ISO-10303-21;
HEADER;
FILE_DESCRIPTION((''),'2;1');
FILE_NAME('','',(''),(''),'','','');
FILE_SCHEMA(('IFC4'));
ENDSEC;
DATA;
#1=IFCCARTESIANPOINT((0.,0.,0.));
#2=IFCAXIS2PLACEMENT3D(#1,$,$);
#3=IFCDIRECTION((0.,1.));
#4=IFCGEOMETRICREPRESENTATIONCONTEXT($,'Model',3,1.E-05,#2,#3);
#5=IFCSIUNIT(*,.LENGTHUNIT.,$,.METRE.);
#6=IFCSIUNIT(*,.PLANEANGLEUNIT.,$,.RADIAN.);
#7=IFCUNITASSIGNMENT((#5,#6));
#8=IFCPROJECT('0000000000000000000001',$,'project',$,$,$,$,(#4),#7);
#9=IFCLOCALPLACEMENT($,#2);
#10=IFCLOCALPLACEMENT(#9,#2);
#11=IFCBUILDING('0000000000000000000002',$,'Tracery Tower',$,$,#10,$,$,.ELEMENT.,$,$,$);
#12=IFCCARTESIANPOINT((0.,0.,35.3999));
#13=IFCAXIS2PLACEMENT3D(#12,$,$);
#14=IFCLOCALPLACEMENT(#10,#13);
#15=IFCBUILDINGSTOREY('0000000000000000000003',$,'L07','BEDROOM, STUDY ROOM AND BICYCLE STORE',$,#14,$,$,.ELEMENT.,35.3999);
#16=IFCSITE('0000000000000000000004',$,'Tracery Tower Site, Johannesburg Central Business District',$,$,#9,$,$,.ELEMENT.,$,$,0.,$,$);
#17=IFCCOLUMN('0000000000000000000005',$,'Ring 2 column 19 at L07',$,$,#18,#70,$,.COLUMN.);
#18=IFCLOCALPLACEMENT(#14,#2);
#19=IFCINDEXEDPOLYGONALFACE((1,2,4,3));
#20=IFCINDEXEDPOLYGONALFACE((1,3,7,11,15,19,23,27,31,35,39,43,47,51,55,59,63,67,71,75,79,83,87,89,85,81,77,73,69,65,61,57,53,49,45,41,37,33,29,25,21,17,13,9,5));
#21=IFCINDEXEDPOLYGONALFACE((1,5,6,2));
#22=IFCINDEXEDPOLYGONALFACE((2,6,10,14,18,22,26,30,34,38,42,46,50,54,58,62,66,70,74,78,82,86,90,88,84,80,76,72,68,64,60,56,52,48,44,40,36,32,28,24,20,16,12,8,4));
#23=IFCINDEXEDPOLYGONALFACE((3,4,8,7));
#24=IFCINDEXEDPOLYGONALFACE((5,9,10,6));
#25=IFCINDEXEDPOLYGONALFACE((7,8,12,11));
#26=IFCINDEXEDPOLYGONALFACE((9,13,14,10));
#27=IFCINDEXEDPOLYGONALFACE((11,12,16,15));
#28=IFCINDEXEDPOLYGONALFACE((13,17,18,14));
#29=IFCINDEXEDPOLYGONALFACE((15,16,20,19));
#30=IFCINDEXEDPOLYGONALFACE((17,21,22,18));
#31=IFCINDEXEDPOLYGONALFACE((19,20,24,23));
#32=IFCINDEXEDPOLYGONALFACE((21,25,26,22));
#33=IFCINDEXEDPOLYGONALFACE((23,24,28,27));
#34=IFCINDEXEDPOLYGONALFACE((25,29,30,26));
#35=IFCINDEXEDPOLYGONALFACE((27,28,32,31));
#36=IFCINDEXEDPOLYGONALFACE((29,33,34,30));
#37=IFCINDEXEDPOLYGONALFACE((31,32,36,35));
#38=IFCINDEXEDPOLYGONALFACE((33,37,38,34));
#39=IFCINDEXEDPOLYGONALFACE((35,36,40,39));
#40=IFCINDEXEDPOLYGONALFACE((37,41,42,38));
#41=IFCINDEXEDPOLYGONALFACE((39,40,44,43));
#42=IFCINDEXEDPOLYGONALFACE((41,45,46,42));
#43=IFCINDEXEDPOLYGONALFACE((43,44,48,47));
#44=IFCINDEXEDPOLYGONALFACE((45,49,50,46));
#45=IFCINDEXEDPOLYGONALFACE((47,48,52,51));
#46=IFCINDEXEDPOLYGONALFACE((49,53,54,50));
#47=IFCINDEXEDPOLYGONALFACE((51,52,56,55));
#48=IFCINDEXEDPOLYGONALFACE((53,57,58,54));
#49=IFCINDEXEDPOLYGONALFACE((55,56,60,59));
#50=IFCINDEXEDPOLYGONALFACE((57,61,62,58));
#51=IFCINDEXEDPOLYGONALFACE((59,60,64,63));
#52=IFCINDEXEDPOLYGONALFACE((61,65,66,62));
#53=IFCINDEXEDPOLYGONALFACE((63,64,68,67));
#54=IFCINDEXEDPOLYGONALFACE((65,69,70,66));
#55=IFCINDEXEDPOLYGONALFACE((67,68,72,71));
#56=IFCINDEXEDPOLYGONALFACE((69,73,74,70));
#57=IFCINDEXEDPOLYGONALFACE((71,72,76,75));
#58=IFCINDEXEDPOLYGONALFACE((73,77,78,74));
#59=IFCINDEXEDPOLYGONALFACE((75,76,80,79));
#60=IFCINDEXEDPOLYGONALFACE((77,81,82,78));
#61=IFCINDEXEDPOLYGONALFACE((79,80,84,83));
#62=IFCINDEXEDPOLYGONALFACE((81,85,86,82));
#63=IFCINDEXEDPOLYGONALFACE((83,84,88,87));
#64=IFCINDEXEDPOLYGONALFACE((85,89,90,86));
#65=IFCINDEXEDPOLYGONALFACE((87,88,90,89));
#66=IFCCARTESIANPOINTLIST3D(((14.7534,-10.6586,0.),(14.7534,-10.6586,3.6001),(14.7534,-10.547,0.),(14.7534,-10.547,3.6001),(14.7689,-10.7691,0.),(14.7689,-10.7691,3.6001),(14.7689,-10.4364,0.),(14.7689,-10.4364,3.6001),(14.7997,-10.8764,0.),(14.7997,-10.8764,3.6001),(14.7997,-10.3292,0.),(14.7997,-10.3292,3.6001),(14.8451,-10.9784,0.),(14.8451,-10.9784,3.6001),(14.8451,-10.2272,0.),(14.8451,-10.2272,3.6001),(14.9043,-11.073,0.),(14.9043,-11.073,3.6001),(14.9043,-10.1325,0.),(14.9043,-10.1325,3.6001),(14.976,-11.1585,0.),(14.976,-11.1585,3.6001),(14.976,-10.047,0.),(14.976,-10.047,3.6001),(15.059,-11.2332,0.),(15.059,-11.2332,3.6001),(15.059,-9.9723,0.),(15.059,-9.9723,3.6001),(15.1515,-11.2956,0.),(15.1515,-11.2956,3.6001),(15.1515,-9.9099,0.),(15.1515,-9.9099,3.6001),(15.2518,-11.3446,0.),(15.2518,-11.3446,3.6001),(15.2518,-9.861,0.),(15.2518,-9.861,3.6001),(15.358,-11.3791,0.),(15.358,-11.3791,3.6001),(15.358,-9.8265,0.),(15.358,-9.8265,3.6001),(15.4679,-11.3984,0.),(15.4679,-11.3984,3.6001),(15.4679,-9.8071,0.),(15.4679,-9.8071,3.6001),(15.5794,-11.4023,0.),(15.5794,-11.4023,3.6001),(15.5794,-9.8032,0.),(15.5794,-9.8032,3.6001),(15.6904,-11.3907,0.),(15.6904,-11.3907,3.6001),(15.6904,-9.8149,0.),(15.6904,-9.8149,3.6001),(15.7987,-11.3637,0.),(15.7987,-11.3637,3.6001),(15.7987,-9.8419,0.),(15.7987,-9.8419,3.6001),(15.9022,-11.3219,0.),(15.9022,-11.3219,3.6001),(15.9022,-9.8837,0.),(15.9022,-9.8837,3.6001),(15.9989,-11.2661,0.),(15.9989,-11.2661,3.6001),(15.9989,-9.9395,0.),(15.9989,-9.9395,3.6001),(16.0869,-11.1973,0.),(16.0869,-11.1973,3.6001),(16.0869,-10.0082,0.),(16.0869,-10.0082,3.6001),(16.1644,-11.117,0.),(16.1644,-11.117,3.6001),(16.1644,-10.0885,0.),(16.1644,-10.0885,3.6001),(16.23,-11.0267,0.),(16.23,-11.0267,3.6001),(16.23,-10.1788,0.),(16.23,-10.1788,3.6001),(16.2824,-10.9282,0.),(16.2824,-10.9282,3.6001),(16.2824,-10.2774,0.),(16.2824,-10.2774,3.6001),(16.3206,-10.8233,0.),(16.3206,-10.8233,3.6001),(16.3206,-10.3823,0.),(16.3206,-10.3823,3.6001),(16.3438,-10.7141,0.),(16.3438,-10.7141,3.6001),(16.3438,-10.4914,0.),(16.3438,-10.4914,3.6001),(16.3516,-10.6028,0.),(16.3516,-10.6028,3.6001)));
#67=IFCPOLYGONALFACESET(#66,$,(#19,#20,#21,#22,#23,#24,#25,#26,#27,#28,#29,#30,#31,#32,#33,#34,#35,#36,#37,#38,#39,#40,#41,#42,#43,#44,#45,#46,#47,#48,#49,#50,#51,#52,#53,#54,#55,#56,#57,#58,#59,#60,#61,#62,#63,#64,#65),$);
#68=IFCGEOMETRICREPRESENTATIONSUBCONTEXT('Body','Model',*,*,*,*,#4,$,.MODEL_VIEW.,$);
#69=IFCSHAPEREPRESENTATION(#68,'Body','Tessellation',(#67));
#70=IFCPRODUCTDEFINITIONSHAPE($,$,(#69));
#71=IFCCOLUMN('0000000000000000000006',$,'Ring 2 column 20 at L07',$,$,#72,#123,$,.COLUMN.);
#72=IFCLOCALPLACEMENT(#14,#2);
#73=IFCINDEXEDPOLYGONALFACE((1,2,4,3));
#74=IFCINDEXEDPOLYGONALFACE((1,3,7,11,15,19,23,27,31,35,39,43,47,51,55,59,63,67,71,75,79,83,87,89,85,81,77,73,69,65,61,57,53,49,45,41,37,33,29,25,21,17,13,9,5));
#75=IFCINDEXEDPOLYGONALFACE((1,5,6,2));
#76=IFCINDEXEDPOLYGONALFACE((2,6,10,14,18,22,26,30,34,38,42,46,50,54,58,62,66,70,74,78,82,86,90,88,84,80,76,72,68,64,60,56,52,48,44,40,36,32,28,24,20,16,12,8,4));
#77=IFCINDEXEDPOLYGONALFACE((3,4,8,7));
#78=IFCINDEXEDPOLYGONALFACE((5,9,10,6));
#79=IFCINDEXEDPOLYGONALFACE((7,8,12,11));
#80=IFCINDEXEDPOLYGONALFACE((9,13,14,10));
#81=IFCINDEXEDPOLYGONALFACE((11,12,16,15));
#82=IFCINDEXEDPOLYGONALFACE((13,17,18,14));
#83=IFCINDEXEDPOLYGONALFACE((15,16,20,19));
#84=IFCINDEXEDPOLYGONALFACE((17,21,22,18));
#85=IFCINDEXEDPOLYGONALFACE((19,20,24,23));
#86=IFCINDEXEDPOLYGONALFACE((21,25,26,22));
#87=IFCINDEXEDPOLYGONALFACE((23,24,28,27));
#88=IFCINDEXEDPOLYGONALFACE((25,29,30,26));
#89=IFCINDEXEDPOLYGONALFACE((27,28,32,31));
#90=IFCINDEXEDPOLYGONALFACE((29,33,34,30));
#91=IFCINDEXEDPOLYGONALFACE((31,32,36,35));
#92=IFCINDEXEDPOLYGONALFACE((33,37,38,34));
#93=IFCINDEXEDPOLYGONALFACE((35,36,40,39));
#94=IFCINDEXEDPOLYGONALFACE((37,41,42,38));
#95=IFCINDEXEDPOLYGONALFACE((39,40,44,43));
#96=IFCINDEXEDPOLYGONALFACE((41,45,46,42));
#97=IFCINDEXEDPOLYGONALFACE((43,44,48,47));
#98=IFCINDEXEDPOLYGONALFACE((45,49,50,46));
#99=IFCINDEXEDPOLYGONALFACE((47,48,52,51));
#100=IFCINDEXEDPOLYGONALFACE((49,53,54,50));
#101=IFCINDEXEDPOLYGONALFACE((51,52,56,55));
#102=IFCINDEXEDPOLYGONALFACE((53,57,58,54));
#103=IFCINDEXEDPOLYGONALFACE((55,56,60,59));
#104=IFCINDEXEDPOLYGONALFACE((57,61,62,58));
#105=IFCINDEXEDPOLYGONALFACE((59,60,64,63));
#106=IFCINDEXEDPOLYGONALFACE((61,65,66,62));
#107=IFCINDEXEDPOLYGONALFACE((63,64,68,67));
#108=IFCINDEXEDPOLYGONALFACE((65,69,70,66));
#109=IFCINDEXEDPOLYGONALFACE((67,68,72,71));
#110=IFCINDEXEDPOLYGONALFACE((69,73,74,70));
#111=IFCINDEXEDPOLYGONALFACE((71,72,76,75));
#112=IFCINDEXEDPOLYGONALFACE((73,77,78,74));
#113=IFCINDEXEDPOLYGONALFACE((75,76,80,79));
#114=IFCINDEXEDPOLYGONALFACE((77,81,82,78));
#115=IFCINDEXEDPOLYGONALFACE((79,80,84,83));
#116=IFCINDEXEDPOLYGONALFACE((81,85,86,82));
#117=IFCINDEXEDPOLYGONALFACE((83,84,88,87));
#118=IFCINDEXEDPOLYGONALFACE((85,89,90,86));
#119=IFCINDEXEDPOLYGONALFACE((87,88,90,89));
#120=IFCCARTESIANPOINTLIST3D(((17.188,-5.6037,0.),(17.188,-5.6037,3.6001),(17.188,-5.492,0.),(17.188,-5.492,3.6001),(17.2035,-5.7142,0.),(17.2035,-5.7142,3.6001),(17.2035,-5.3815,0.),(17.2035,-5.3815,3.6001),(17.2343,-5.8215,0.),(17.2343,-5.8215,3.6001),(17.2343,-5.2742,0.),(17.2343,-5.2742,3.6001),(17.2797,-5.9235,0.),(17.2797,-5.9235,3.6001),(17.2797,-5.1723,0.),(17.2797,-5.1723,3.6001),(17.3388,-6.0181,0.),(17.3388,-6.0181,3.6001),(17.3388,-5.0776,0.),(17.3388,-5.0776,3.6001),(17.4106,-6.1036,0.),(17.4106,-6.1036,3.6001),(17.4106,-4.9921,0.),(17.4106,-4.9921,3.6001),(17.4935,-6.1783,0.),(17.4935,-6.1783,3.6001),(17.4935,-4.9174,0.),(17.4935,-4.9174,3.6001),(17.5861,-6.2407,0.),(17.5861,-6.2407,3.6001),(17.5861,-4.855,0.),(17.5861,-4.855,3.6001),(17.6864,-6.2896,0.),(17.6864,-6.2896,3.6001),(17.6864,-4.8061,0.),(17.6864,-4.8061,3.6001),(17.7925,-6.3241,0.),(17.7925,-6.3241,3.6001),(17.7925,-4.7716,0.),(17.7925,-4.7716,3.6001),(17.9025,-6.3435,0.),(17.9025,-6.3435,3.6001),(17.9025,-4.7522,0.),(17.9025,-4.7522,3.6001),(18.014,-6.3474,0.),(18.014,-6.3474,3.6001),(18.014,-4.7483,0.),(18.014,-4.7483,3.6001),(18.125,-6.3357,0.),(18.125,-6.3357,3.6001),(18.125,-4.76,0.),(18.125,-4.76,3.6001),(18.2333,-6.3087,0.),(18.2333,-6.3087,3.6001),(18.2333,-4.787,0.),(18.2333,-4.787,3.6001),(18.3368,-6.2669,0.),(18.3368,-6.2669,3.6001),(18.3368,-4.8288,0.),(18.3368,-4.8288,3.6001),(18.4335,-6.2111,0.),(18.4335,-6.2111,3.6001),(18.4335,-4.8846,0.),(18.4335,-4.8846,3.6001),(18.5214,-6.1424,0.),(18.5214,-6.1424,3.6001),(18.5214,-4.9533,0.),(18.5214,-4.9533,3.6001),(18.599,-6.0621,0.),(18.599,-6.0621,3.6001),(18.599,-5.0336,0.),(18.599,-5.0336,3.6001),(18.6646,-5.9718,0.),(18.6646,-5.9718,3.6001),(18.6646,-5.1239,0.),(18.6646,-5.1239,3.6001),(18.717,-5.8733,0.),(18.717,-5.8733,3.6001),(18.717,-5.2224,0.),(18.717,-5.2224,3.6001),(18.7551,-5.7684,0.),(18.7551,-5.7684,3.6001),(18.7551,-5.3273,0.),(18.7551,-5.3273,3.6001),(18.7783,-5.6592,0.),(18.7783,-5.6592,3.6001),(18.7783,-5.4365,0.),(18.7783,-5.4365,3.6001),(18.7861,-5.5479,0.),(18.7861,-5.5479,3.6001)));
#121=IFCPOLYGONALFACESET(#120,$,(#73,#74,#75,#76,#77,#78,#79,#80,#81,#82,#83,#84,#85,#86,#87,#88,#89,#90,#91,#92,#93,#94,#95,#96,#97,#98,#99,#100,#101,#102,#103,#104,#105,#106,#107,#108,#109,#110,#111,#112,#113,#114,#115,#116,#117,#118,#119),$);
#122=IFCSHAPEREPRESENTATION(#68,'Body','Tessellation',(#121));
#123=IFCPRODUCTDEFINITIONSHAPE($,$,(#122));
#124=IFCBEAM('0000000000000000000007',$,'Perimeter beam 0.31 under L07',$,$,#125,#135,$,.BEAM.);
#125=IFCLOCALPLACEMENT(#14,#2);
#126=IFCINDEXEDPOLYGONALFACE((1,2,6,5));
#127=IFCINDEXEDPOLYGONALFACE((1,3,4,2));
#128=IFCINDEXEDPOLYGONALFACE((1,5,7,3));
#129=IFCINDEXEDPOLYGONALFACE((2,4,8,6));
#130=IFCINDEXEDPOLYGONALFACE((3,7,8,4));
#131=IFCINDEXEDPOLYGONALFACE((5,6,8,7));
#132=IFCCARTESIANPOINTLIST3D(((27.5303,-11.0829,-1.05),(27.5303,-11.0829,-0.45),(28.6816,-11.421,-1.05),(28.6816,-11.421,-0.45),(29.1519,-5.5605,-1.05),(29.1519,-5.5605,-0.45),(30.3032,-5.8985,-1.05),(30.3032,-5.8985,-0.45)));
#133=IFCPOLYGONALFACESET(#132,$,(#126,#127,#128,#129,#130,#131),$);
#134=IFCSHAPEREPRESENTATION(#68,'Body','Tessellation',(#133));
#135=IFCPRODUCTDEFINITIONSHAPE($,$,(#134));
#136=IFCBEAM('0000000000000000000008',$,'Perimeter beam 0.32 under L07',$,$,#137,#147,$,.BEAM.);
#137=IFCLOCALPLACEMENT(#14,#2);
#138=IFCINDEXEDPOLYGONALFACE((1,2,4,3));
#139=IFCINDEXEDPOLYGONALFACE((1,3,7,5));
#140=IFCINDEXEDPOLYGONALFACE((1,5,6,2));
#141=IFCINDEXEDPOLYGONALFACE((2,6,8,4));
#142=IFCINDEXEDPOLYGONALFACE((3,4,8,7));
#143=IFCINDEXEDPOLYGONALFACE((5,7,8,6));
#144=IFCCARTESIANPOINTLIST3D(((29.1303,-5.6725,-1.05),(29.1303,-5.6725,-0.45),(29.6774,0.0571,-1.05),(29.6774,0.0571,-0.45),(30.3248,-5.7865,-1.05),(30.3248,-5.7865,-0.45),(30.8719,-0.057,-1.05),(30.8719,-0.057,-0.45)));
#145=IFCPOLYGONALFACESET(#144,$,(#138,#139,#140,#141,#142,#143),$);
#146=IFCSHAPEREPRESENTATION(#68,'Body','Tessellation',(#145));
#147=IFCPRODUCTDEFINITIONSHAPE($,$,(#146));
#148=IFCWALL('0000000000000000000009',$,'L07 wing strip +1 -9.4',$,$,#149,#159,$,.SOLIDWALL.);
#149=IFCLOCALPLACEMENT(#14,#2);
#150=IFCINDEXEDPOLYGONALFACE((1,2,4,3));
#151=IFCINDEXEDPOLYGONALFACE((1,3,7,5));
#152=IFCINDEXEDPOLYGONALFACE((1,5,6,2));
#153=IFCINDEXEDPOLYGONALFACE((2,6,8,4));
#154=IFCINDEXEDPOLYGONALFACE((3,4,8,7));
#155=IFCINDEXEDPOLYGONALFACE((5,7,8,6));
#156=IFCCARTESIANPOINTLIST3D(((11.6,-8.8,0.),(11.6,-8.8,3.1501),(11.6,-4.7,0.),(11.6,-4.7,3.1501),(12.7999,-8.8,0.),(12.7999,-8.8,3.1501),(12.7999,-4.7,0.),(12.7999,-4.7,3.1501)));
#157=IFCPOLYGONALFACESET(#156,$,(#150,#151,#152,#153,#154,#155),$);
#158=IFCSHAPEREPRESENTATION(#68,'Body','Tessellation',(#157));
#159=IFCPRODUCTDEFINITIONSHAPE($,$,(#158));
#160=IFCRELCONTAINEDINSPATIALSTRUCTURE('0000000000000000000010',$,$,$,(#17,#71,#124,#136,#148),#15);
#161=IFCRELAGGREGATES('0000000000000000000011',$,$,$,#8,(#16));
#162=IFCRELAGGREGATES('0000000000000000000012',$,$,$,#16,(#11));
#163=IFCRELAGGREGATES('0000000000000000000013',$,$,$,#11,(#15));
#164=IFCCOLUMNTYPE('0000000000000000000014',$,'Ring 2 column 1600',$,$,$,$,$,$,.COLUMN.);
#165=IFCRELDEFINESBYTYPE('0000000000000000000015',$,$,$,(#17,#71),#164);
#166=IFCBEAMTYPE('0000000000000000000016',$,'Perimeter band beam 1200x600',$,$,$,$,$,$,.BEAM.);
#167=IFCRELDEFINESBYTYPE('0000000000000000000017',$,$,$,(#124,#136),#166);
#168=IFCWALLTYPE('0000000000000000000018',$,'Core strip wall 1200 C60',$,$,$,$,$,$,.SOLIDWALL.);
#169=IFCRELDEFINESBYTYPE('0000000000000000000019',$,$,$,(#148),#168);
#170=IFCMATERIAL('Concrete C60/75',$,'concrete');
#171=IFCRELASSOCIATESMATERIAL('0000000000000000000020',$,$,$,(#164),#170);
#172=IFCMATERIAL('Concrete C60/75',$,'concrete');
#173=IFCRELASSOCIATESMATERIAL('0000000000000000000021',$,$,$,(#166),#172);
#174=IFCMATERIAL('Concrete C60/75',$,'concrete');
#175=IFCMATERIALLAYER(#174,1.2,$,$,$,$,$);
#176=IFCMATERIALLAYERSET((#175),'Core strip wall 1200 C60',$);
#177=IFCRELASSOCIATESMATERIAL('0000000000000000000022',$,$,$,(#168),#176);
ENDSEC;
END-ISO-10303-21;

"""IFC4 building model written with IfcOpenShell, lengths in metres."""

from ifc_helpers import new_model, si_unit, direction, frame, frame_2d, origin, origin_2d, place, context, subcontext, project, spatial, rectangle, circle, extrude, material, layer, layer_set, material_profile, profile_set, type_object, element, save


model = new_model("IFC4")

# Units and contexts
model_context = context("Model", 3, precision=1e-05, world=origin(), true_north=direction((0.0, 1.0)))
body_context = subcontext(model_context, "Body", "Model", "MODEL_VIEW")
ifc_project = project(units=[si_unit("LENGTHUNIT", "METRE"), si_unit("PLANEANGLEUNIT", "RADIAN")], contexts=[model_context])

# Site, building, storey
site_placement = place(None, origin())
site = spatial("IfcSite", under=ifc_project, at=site_placement, Name="Tracery Tower Site, Johannesburg Central Business District", CompositionType="ELEMENT", RefElevation=0.0)
building_placement = place(site_placement, origin())
building = spatial("IfcBuilding", under=site, at=building_placement, Name="Tracery Tower", CompositionType="ELEMENT")
storey_placement = place(building_placement, frame((0.0, 0.0, 35.3999)))
storey = spatial("IfcBuildingStorey", under=building, at=storey_placement, Name="L07", Description="BEDROOM, STUDY ROOM AND BICYCLE STORE", CompositionType="ELEMENT", Elevation=35.3999)

# Columns
ifc_material_1 = material(Name="Concrete C60/75", Category="concrete")
ifc_material_profile_1 = material_profile(ifc_material_1, circle(Radius=0.8, at=origin_2d()), Name="RC D1600")
ifc_profile_set_1 = profile_set([ifc_material_profile_1], Name="Concrete C60/75")
column_type_1 = type_object("IfcColumnType", Name="Ring 2 column 1600", PredefinedType="COLUMN", material=ifc_profile_set_1)
for number, where, z_axis, x_axis, name in (
    (1, (15.5515, -10.6028, 0.0), (0.0, 0.0, 1.0), (1.0, 0.0, 0.0), "Ring 2 column 19 at L07"),
    (2, (17.9861, -5.5479, 0.0), (0.0, 0.0, 1.0), (1.0, 0.0, 0.0), "Ring 2 column 20 at L07"),
):
    element("IfcColumn", number, at=place(storey_placement, frame(where, z_axis=z_axis, x_axis=x_axis)), inside=storey, type_object=column_type_1, Name=name, PredefinedType="COLUMN", context=body_context, shape_type="SweptSolid", body=[
        extrude(circle(Radius=0.8, at=origin_2d()), origin(), (0.0, 0.0, 1.0), 3.6001),
    ])

# Beams
ifc_material_2 = material(Name="Concrete C60/75", Category="concrete")
ifc_material_profile_2 = material_profile(ifc_material_2, rectangle(XDim=1.2, YDim=0.6001, at=origin_2d()), Name="RC 1200x600")
ifc_profile_set_2 = profile_set([ifc_material_profile_2], Name="Concrete C60/75")
beam_type = type_object("IfcBeamType", Name="Perimeter band beam 1200x600", PredefinedType="BEAM", material=ifc_profile_set_2)
for number, where, z_axis, x_axis, name in (
    (3, (28.106, -11.252, -0.75), (0.281739, 0.959491, 0.0), (-0.959491, 0.281739, 0.0), "Perimeter beam 0.31 under L07"),
    (4, (29.7275, -5.7295, -0.75), (0.095059, 0.995472, 0.0), (-0.995472, 0.095059, 0.0), "Perimeter beam 0.32 under L07"),
):
    element("IfcBeam", number, at=place(storey_placement, frame(where, z_axis=z_axis, x_axis=x_axis)), inside=storey, type_object=beam_type, Name=name, PredefinedType="BEAM", context=body_context, shape_type="SweptSolid", body=[
        extrude(rectangle(XDim=1.2, YDim=0.6001, at=origin_2d()), origin(), (0.0, 0.0, 1.0), 5.7556),
    ])

# Wall
ifc_material_3 = material(Name="Concrete C60/75", Category="concrete")
ifc_layer_1 = layer(ifc_material_3, 1.2)
ifc_layer_set_1 = layer_set([ifc_layer_1], Name="Core strip wall 1200 C60")
wall_type_1 = type_object("IfcWallType", Name="Core strip wall 1200 C60", PredefinedType="SOLIDWALL", material=ifc_layer_set_1)
wall_1_placement = place(storey_placement, frame((12.2, -8.8, 0.0), z_axis=(0.0, 0.0, 1.0), x_axis=(0.0, 1.0, 0.0)))
element("IfcWall", 5, at=wall_1_placement, inside=storey, type_object=wall_type_1, Name="L07 wing strip +1 -9.4", PredefinedType="SOLIDWALL", context=body_context, shape_type="SweptSolid", body=[
    extrude(rectangle(XDim=4.1001, YDim=1.2, at=frame_2d((2.05, 0.0))), origin(), (0.0, 0.0, 1.0), 3.1501),
])

save(model, "model.ifc")
